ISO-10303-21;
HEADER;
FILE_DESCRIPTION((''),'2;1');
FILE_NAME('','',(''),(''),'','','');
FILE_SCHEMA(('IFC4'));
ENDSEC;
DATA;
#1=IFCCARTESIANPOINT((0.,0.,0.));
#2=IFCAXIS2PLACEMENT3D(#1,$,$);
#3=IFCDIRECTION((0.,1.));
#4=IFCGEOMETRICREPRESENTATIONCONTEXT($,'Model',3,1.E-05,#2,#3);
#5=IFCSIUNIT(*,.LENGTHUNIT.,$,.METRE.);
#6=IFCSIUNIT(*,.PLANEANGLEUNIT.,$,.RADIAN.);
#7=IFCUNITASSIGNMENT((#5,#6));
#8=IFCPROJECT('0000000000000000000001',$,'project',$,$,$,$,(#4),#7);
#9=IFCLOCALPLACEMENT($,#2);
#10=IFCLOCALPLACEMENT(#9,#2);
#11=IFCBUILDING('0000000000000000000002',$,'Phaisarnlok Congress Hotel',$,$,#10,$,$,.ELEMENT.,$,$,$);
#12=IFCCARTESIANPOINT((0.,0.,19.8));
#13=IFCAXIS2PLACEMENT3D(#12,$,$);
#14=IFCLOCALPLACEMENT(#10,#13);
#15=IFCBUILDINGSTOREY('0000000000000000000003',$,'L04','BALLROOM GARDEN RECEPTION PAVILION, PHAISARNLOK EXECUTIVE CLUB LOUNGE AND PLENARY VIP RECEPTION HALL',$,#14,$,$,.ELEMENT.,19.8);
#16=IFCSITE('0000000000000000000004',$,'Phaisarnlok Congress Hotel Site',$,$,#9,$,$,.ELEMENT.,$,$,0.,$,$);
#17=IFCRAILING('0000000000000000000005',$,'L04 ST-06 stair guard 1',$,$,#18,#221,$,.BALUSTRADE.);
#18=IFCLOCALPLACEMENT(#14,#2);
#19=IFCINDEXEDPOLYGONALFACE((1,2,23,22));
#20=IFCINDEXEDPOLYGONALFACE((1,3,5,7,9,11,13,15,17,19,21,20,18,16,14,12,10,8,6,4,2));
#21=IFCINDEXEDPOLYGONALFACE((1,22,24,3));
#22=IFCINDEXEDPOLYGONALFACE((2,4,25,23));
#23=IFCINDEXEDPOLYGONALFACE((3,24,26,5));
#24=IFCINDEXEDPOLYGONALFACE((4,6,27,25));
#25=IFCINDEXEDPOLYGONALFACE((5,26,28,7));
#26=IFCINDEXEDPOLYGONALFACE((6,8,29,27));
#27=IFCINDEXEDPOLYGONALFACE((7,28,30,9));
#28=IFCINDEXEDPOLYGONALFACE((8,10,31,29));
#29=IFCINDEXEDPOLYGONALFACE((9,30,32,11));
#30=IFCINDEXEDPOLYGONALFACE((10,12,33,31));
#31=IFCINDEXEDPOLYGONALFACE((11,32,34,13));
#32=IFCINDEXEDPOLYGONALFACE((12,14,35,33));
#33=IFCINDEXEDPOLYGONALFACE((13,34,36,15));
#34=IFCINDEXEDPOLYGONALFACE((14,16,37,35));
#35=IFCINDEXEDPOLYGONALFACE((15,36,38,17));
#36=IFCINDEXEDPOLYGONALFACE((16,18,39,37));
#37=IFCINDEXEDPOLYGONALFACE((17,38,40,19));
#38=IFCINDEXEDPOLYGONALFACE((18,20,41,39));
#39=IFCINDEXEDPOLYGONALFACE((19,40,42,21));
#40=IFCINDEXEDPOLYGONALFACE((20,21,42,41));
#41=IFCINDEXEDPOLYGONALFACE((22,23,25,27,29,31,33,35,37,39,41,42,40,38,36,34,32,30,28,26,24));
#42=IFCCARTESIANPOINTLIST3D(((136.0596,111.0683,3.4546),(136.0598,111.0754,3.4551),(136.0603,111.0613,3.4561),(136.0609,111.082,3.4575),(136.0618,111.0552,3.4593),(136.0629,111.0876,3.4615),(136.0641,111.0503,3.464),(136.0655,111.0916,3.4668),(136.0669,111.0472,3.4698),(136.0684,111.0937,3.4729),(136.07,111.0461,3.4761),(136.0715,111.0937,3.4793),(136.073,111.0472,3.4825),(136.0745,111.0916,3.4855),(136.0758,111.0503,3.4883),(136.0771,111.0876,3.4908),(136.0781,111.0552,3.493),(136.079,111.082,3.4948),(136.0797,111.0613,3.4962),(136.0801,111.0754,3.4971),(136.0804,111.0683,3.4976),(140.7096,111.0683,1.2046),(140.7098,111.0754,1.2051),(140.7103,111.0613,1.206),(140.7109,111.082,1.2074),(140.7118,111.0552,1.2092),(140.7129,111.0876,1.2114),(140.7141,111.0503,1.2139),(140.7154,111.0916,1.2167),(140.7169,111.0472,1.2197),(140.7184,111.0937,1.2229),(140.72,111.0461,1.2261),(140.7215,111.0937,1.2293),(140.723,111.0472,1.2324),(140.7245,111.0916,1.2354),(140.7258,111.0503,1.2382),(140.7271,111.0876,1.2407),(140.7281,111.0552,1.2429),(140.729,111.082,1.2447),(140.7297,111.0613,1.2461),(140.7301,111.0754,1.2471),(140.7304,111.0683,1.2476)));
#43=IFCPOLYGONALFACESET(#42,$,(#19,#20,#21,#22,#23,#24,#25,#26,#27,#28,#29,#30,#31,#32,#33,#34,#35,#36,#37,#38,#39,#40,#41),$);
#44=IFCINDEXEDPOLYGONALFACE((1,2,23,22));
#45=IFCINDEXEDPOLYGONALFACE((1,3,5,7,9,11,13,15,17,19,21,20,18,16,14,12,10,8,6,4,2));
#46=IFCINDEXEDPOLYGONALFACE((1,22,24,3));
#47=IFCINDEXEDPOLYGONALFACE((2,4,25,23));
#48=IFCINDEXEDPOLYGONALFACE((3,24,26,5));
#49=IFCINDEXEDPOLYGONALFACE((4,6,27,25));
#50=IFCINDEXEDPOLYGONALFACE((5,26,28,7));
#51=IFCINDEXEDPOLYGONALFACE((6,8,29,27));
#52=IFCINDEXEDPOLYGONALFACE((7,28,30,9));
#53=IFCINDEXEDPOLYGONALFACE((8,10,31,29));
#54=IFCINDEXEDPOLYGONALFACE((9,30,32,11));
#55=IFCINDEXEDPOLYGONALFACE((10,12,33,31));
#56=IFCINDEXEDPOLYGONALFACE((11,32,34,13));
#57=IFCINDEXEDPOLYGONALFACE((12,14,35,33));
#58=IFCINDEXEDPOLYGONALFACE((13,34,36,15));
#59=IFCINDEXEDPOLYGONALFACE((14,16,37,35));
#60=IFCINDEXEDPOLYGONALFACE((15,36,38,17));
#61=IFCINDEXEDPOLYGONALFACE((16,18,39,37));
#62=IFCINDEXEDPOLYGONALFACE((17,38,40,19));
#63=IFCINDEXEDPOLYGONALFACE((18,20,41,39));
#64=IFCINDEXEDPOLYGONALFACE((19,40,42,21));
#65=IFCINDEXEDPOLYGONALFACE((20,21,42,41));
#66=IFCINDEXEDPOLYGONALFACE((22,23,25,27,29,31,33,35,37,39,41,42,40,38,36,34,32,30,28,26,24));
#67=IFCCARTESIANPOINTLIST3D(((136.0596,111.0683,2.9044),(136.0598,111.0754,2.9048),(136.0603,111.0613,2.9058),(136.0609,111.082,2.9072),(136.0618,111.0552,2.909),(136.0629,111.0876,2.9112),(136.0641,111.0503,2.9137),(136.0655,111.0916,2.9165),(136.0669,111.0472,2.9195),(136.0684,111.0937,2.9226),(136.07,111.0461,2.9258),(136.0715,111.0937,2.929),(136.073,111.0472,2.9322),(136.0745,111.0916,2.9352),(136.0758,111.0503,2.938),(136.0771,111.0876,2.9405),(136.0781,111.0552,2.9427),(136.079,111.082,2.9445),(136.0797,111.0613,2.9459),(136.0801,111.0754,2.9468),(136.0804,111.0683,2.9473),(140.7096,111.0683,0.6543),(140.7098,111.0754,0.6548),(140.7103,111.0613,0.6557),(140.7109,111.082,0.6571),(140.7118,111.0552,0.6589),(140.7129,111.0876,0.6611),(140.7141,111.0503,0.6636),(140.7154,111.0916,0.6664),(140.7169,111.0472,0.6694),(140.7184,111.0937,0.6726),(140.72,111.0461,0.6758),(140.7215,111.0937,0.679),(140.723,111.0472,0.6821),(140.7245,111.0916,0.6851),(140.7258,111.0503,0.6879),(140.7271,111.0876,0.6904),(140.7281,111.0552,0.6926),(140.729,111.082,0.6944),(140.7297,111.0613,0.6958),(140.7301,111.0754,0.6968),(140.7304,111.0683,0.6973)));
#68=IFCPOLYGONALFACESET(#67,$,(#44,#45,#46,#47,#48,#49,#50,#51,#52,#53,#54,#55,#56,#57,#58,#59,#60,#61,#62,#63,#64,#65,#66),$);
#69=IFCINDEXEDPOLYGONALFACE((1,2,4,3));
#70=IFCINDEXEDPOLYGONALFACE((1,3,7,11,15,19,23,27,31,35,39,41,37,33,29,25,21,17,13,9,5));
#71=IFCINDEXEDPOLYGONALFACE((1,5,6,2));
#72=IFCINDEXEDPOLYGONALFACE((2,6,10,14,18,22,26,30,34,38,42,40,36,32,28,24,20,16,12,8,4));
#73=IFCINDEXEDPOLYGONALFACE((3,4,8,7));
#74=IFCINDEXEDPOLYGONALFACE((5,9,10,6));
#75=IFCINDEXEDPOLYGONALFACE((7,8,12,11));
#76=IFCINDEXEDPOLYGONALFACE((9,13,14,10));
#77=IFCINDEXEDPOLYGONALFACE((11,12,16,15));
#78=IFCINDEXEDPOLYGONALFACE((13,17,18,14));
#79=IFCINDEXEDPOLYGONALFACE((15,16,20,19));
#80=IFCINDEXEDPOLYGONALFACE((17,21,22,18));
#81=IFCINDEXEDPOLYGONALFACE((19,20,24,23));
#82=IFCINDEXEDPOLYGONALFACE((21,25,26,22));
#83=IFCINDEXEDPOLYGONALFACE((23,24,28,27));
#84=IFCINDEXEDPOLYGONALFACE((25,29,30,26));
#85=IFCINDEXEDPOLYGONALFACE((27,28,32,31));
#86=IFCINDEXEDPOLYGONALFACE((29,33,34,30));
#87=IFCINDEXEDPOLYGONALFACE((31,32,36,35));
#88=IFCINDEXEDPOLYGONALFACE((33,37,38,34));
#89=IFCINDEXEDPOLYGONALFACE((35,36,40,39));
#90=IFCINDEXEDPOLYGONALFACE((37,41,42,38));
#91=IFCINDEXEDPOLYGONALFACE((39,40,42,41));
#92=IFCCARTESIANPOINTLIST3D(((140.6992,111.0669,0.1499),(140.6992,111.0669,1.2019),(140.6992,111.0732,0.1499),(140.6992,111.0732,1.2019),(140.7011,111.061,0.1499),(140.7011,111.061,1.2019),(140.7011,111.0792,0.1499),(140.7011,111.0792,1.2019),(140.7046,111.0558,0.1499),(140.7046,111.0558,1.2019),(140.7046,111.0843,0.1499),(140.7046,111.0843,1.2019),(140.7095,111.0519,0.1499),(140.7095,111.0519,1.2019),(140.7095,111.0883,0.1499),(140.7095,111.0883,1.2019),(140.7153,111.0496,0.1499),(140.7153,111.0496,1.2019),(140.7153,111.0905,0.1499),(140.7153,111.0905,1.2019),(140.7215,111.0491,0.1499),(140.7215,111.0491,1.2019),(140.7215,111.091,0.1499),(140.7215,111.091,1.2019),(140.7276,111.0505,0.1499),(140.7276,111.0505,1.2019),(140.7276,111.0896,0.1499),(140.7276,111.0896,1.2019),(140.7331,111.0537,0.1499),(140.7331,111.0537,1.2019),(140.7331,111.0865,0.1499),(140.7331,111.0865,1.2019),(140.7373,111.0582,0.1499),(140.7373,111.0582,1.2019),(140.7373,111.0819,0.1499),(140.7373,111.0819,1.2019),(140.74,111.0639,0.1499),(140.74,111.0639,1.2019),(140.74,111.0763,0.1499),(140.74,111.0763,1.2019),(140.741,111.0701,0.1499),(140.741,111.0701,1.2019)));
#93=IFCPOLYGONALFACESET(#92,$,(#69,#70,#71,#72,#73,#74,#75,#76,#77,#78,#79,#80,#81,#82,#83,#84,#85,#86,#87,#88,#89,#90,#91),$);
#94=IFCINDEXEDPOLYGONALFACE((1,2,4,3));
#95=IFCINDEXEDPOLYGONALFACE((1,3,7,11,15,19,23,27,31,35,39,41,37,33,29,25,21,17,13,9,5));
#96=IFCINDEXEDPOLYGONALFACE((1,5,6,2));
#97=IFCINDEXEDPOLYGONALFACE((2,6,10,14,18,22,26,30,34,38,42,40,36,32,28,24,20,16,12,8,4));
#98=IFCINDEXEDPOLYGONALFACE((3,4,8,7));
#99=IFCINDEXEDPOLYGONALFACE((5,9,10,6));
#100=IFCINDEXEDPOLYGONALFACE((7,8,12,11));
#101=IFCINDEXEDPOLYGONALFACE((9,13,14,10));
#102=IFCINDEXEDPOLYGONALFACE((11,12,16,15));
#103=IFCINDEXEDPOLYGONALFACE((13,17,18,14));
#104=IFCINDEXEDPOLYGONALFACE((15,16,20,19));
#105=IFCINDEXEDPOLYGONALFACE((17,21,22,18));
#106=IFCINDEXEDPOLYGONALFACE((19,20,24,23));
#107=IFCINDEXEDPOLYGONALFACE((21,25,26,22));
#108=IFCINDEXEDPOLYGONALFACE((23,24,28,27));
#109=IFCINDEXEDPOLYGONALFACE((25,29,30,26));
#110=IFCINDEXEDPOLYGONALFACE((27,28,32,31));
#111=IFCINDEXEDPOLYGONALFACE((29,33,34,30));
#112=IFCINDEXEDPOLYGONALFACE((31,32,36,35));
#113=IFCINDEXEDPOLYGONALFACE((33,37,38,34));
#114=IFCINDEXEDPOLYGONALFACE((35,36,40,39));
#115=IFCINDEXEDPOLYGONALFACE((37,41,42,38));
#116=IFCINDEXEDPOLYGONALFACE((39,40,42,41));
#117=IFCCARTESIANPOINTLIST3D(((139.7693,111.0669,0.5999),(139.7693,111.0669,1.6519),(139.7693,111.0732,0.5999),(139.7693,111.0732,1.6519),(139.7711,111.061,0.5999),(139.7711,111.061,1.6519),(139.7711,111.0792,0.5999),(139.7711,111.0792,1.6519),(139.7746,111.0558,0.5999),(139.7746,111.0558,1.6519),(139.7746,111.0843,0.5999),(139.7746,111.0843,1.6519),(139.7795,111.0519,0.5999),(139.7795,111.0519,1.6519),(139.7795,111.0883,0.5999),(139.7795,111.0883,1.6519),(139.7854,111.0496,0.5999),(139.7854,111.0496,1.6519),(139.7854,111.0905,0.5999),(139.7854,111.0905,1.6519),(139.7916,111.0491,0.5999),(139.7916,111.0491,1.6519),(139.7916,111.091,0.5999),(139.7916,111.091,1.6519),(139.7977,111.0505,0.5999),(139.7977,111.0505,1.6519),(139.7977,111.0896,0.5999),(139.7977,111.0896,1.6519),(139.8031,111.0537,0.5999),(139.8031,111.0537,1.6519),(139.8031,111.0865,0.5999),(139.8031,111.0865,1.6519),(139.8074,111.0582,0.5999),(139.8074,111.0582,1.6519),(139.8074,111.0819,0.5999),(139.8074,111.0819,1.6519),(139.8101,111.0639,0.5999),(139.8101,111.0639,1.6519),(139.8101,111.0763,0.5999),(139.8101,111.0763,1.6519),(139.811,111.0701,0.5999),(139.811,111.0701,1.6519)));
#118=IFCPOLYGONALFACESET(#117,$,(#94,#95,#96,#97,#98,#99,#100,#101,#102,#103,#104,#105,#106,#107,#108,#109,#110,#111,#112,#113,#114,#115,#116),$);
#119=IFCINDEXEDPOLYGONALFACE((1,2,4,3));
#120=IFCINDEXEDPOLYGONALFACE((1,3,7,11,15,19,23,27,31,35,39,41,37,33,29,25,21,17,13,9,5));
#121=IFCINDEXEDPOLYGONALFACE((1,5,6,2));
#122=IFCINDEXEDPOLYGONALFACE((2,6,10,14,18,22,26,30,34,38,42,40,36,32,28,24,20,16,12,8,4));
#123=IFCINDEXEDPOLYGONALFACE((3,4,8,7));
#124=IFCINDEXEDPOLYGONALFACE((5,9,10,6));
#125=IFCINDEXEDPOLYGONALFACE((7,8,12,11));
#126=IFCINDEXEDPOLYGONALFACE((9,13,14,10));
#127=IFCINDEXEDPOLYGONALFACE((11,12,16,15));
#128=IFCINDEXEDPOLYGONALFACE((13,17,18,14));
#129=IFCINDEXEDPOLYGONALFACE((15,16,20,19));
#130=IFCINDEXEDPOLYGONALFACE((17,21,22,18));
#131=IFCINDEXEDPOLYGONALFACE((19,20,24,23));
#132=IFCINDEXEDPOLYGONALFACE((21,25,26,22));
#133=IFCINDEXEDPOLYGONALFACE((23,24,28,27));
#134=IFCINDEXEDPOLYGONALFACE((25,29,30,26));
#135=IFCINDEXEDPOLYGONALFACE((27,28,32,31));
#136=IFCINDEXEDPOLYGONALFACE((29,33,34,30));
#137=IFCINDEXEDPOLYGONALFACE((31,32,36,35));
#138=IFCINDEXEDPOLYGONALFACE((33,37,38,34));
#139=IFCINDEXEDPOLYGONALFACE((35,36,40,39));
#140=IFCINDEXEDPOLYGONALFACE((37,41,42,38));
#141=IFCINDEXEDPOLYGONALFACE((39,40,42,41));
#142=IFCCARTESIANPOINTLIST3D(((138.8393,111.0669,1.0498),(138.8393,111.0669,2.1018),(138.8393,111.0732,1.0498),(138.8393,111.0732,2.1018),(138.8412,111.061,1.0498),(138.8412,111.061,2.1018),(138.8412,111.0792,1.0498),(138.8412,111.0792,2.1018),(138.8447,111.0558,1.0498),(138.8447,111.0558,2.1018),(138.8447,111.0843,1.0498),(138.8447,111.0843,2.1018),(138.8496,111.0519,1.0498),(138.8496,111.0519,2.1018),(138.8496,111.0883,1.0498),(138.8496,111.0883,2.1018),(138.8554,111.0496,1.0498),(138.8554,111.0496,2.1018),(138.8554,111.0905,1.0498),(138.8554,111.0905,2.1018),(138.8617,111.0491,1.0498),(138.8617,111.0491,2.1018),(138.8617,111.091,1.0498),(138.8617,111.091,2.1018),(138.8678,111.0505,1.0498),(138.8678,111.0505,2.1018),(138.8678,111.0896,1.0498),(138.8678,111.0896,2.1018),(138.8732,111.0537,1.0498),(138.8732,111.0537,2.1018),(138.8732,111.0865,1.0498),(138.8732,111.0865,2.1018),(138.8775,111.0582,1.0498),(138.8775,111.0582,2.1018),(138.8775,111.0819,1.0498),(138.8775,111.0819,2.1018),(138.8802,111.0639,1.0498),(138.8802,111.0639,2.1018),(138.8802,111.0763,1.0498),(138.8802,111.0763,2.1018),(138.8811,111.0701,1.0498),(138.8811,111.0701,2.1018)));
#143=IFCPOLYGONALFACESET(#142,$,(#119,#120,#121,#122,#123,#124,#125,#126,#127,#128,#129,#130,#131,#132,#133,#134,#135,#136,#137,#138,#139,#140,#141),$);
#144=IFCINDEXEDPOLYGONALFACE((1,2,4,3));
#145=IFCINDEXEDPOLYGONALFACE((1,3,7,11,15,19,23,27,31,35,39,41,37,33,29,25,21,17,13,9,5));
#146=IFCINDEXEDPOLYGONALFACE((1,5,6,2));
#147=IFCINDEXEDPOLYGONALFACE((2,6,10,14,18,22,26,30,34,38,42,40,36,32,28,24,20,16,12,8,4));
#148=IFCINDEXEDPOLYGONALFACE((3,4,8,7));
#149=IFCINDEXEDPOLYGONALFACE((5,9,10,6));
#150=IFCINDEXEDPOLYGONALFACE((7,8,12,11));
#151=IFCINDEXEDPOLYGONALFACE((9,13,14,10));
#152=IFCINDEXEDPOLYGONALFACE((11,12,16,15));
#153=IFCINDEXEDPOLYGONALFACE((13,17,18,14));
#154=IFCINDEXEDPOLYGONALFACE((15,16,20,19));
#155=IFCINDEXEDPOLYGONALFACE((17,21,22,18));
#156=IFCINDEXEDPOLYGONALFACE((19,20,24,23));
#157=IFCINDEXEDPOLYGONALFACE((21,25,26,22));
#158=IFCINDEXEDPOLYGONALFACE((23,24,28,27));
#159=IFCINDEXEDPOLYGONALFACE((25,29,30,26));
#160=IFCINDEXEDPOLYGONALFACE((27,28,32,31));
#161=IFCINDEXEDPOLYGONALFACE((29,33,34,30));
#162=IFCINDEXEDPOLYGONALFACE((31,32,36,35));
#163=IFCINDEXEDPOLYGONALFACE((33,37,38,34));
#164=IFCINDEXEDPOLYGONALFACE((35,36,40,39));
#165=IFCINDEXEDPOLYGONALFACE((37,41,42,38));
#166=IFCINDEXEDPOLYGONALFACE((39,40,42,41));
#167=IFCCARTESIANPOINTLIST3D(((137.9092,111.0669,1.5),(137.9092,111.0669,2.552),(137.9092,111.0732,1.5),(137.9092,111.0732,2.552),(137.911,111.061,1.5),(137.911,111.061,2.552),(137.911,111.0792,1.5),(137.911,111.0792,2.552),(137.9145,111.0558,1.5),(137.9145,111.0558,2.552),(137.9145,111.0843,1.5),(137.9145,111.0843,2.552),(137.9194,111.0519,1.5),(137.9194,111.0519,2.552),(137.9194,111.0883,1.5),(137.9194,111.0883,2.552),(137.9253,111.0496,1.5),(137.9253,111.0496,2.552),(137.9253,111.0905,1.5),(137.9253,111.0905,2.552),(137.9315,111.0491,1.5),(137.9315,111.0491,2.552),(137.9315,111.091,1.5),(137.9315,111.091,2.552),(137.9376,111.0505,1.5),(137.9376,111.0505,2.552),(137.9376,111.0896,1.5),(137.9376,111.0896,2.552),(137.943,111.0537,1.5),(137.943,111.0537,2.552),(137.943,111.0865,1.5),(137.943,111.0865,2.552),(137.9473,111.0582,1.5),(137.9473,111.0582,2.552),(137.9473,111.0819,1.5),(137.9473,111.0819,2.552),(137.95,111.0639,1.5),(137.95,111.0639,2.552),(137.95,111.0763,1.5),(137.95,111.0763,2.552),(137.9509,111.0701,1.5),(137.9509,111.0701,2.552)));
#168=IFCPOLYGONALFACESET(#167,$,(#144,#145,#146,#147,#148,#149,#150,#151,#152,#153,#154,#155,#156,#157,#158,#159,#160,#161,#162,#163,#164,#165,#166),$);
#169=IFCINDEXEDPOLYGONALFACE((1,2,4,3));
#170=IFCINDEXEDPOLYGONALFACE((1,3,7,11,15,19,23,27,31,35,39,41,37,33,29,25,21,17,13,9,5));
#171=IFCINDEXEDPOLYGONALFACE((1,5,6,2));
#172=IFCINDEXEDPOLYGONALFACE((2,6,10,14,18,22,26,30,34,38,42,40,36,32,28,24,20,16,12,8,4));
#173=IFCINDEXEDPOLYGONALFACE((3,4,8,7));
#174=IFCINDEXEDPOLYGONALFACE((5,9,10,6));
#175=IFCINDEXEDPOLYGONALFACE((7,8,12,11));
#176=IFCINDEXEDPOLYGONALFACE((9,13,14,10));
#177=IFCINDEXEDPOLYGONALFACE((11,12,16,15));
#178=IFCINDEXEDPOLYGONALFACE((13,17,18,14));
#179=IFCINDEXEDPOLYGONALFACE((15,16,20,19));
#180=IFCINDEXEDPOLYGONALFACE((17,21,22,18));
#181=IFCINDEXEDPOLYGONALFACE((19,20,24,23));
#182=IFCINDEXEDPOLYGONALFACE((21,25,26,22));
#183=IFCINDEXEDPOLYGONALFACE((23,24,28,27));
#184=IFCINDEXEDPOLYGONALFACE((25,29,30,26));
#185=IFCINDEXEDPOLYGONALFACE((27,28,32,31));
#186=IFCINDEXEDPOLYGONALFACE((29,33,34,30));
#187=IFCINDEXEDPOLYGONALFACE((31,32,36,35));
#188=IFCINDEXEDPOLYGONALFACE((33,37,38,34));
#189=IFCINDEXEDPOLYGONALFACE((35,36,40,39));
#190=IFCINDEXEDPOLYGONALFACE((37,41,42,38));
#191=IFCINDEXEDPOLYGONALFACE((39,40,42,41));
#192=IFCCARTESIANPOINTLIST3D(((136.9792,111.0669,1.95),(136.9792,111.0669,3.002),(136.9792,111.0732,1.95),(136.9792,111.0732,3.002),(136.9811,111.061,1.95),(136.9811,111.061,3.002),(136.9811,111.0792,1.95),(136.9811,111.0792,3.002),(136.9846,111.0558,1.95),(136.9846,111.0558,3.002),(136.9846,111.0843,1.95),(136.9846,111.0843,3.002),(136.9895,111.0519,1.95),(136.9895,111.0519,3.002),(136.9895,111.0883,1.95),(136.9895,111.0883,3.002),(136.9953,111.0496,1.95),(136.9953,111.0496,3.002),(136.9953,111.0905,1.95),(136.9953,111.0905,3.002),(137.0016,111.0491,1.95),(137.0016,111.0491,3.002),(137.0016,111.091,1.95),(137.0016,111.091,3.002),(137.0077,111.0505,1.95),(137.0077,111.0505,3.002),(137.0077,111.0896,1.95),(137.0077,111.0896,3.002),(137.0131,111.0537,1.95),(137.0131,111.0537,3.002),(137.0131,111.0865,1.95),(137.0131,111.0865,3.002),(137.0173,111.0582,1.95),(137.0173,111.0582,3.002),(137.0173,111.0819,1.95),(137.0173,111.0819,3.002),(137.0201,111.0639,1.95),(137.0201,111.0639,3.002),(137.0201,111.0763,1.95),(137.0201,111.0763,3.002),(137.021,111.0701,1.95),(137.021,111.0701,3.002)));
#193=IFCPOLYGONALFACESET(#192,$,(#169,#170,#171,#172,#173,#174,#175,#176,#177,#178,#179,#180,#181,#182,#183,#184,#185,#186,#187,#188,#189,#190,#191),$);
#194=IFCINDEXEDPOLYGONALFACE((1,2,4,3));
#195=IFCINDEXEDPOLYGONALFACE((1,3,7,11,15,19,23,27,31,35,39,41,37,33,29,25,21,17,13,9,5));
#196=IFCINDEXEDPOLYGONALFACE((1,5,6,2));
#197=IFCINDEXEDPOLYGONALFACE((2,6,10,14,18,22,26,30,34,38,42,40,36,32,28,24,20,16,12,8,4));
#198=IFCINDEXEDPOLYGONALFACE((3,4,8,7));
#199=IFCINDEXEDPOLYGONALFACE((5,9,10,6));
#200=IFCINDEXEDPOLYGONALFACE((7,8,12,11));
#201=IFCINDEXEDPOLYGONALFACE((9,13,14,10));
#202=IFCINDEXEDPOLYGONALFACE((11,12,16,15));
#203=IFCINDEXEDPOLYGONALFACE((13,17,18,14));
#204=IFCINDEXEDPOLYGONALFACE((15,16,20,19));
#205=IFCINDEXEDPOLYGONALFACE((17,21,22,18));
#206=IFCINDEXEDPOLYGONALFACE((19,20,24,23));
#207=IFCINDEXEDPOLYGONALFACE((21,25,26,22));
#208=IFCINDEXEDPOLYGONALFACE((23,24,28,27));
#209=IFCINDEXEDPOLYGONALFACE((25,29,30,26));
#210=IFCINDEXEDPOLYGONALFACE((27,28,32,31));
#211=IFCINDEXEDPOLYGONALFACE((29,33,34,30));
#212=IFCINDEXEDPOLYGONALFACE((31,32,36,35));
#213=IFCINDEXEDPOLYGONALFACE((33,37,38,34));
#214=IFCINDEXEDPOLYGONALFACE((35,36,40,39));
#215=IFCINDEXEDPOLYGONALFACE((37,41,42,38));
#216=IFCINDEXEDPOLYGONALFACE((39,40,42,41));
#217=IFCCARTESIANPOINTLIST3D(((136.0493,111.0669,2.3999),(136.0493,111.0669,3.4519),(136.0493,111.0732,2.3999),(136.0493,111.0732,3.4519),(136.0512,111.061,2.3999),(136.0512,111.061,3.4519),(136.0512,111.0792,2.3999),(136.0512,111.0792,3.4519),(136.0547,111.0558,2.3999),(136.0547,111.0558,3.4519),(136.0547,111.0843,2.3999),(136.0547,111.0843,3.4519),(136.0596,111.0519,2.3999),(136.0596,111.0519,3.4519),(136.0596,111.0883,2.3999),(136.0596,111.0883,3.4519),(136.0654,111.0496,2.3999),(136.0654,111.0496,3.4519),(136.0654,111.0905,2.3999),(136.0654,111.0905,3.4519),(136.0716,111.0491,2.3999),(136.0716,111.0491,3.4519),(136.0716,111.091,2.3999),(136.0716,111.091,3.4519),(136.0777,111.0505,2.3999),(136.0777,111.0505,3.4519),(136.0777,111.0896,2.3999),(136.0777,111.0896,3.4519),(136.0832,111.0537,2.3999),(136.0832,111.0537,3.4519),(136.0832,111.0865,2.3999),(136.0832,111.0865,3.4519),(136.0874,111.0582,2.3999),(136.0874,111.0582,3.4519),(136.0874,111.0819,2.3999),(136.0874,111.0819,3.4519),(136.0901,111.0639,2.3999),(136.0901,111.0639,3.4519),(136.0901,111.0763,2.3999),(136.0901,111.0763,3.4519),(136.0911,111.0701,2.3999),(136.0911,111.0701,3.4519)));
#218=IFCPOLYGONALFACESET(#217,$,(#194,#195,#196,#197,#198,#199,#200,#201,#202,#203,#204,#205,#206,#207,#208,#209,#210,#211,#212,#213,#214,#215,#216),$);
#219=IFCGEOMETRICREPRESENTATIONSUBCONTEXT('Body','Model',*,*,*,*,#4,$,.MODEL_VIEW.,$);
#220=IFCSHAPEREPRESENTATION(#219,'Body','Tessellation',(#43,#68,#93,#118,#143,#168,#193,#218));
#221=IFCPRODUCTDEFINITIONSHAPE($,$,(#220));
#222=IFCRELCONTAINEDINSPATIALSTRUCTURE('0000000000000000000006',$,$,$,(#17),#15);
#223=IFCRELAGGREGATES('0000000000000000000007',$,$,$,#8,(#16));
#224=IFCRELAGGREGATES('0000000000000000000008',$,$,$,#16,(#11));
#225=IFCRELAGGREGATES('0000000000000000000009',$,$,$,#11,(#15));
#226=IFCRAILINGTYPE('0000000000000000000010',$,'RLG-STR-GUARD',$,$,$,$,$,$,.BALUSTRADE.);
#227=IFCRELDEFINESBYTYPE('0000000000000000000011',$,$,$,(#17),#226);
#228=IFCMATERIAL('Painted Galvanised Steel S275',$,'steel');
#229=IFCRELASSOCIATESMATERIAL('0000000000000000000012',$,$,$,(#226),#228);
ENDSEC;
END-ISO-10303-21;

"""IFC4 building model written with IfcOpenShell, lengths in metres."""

from ifc_helpers import new_model, si_unit, direction, frame, origin, origin_2d, place, context, subcontext, project, spatial, circle, extrude, material, type_object, element, save


model = new_model("IFC4")

# Units and contexts
model_context = context("Model", 3, precision=1e-05, world=origin(), true_north=direction((0.0, 1.0)))
body_context = subcontext(model_context, "Body", "Model", "MODEL_VIEW")
ifc_project = project(units=[si_unit("LENGTHUNIT", "METRE"), si_unit("PLANEANGLEUNIT", "RADIAN")], contexts=[model_context])

# Site, building, storey
site_placement = place(None, origin())
site = spatial("IfcSite", under=ifc_project, at=site_placement, Name="Phaisarnlok Congress Hotel Site", CompositionType="ELEMENT", RefElevation=0.0)
building_placement = place(site_placement, origin())
building = spatial("IfcBuilding", under=site, at=building_placement, Name="Phaisarnlok Congress Hotel", CompositionType="ELEMENT")
storey_placement = place(building_placement, frame((0.0, 0.0, 19.8)))
storey = spatial("IfcBuildingStorey", under=building, at=storey_placement, Name="L04", Description="BALLROOM GARDEN RECEPTION PAVILION, PHAISARNLOK EXECUTIVE CLUB LOUNGE AND PLENARY VIP RECEPTION HALL", CompositionType="ELEMENT", Elevation=19.8)

# Railing
ifc_material_1 = material(Name="Painted Galvanised Steel S275", Category="steel")
railing_type_1 = type_object("IfcRailingType", Name="RLG-STR-GUARD", PredefinedType="BALUSTRADE", material=ifc_material_1)
railing_1_placement = place(storey_placement, frame((140.72, 111.0701, 0.1499)))
element("IfcRailing", 1, at=railing_1_placement, inside=storey, type_object=railing_type_1, Name="L04 ST-06 stair guard 1", PredefinedType="BALUSTRADE", context=body_context, shape_type="SweptSolid", body=[
    extrude(circle(Radius=0.0239, at=origin_2d()), frame((0.0, 0.0, 1.0762), z_axis=(-0.900156, 0.0, 0.435568), x_axis=(0.0, -1.0, 0.0)), (0.0, 0.0, 1.0), 5.1658),
    extrude(circle(Radius=0.0239, at=origin_2d()), frame((0.0, 0.0, 0.5259), z_axis=(-0.900156, 0.0, 0.435568), x_axis=(0.0, -1.0, 0.0)), (0.0, 0.0, 1.0), 5.1658),
    extrude(circle(Radius=0.021, at=origin_2d()), origin(), (0.0, 0.0, 1.0), 1.052),
    extrude(circle(Radius=0.021, at=origin_2d()), frame((-0.9299, 0.0, 0.45)), (0.0, 0.0, 1.0), 1.052),
    extrude(circle(Radius=0.021, at=origin_2d()), frame((-1.8599, 0.0, 0.8999)), (0.0, 0.0, 1.0), 1.052),
    extrude(circle(Radius=0.021, at=origin_2d()), frame((-2.79, 0.0, 1.3501)), (0.0, 0.0, 1.0), 1.052),
    extrude(circle(Radius=0.021, at=origin_2d()), frame((-3.72, 0.0, 1.8)), (0.0, 0.0, 1.0), 1.052),
    extrude(circle(Radius=0.021, at=origin_2d()), frame((-4.6499, 0.0, 2.25)), (0.0, 0.0, 1.0), 1.052),
])

save(model, "model.ifc")
